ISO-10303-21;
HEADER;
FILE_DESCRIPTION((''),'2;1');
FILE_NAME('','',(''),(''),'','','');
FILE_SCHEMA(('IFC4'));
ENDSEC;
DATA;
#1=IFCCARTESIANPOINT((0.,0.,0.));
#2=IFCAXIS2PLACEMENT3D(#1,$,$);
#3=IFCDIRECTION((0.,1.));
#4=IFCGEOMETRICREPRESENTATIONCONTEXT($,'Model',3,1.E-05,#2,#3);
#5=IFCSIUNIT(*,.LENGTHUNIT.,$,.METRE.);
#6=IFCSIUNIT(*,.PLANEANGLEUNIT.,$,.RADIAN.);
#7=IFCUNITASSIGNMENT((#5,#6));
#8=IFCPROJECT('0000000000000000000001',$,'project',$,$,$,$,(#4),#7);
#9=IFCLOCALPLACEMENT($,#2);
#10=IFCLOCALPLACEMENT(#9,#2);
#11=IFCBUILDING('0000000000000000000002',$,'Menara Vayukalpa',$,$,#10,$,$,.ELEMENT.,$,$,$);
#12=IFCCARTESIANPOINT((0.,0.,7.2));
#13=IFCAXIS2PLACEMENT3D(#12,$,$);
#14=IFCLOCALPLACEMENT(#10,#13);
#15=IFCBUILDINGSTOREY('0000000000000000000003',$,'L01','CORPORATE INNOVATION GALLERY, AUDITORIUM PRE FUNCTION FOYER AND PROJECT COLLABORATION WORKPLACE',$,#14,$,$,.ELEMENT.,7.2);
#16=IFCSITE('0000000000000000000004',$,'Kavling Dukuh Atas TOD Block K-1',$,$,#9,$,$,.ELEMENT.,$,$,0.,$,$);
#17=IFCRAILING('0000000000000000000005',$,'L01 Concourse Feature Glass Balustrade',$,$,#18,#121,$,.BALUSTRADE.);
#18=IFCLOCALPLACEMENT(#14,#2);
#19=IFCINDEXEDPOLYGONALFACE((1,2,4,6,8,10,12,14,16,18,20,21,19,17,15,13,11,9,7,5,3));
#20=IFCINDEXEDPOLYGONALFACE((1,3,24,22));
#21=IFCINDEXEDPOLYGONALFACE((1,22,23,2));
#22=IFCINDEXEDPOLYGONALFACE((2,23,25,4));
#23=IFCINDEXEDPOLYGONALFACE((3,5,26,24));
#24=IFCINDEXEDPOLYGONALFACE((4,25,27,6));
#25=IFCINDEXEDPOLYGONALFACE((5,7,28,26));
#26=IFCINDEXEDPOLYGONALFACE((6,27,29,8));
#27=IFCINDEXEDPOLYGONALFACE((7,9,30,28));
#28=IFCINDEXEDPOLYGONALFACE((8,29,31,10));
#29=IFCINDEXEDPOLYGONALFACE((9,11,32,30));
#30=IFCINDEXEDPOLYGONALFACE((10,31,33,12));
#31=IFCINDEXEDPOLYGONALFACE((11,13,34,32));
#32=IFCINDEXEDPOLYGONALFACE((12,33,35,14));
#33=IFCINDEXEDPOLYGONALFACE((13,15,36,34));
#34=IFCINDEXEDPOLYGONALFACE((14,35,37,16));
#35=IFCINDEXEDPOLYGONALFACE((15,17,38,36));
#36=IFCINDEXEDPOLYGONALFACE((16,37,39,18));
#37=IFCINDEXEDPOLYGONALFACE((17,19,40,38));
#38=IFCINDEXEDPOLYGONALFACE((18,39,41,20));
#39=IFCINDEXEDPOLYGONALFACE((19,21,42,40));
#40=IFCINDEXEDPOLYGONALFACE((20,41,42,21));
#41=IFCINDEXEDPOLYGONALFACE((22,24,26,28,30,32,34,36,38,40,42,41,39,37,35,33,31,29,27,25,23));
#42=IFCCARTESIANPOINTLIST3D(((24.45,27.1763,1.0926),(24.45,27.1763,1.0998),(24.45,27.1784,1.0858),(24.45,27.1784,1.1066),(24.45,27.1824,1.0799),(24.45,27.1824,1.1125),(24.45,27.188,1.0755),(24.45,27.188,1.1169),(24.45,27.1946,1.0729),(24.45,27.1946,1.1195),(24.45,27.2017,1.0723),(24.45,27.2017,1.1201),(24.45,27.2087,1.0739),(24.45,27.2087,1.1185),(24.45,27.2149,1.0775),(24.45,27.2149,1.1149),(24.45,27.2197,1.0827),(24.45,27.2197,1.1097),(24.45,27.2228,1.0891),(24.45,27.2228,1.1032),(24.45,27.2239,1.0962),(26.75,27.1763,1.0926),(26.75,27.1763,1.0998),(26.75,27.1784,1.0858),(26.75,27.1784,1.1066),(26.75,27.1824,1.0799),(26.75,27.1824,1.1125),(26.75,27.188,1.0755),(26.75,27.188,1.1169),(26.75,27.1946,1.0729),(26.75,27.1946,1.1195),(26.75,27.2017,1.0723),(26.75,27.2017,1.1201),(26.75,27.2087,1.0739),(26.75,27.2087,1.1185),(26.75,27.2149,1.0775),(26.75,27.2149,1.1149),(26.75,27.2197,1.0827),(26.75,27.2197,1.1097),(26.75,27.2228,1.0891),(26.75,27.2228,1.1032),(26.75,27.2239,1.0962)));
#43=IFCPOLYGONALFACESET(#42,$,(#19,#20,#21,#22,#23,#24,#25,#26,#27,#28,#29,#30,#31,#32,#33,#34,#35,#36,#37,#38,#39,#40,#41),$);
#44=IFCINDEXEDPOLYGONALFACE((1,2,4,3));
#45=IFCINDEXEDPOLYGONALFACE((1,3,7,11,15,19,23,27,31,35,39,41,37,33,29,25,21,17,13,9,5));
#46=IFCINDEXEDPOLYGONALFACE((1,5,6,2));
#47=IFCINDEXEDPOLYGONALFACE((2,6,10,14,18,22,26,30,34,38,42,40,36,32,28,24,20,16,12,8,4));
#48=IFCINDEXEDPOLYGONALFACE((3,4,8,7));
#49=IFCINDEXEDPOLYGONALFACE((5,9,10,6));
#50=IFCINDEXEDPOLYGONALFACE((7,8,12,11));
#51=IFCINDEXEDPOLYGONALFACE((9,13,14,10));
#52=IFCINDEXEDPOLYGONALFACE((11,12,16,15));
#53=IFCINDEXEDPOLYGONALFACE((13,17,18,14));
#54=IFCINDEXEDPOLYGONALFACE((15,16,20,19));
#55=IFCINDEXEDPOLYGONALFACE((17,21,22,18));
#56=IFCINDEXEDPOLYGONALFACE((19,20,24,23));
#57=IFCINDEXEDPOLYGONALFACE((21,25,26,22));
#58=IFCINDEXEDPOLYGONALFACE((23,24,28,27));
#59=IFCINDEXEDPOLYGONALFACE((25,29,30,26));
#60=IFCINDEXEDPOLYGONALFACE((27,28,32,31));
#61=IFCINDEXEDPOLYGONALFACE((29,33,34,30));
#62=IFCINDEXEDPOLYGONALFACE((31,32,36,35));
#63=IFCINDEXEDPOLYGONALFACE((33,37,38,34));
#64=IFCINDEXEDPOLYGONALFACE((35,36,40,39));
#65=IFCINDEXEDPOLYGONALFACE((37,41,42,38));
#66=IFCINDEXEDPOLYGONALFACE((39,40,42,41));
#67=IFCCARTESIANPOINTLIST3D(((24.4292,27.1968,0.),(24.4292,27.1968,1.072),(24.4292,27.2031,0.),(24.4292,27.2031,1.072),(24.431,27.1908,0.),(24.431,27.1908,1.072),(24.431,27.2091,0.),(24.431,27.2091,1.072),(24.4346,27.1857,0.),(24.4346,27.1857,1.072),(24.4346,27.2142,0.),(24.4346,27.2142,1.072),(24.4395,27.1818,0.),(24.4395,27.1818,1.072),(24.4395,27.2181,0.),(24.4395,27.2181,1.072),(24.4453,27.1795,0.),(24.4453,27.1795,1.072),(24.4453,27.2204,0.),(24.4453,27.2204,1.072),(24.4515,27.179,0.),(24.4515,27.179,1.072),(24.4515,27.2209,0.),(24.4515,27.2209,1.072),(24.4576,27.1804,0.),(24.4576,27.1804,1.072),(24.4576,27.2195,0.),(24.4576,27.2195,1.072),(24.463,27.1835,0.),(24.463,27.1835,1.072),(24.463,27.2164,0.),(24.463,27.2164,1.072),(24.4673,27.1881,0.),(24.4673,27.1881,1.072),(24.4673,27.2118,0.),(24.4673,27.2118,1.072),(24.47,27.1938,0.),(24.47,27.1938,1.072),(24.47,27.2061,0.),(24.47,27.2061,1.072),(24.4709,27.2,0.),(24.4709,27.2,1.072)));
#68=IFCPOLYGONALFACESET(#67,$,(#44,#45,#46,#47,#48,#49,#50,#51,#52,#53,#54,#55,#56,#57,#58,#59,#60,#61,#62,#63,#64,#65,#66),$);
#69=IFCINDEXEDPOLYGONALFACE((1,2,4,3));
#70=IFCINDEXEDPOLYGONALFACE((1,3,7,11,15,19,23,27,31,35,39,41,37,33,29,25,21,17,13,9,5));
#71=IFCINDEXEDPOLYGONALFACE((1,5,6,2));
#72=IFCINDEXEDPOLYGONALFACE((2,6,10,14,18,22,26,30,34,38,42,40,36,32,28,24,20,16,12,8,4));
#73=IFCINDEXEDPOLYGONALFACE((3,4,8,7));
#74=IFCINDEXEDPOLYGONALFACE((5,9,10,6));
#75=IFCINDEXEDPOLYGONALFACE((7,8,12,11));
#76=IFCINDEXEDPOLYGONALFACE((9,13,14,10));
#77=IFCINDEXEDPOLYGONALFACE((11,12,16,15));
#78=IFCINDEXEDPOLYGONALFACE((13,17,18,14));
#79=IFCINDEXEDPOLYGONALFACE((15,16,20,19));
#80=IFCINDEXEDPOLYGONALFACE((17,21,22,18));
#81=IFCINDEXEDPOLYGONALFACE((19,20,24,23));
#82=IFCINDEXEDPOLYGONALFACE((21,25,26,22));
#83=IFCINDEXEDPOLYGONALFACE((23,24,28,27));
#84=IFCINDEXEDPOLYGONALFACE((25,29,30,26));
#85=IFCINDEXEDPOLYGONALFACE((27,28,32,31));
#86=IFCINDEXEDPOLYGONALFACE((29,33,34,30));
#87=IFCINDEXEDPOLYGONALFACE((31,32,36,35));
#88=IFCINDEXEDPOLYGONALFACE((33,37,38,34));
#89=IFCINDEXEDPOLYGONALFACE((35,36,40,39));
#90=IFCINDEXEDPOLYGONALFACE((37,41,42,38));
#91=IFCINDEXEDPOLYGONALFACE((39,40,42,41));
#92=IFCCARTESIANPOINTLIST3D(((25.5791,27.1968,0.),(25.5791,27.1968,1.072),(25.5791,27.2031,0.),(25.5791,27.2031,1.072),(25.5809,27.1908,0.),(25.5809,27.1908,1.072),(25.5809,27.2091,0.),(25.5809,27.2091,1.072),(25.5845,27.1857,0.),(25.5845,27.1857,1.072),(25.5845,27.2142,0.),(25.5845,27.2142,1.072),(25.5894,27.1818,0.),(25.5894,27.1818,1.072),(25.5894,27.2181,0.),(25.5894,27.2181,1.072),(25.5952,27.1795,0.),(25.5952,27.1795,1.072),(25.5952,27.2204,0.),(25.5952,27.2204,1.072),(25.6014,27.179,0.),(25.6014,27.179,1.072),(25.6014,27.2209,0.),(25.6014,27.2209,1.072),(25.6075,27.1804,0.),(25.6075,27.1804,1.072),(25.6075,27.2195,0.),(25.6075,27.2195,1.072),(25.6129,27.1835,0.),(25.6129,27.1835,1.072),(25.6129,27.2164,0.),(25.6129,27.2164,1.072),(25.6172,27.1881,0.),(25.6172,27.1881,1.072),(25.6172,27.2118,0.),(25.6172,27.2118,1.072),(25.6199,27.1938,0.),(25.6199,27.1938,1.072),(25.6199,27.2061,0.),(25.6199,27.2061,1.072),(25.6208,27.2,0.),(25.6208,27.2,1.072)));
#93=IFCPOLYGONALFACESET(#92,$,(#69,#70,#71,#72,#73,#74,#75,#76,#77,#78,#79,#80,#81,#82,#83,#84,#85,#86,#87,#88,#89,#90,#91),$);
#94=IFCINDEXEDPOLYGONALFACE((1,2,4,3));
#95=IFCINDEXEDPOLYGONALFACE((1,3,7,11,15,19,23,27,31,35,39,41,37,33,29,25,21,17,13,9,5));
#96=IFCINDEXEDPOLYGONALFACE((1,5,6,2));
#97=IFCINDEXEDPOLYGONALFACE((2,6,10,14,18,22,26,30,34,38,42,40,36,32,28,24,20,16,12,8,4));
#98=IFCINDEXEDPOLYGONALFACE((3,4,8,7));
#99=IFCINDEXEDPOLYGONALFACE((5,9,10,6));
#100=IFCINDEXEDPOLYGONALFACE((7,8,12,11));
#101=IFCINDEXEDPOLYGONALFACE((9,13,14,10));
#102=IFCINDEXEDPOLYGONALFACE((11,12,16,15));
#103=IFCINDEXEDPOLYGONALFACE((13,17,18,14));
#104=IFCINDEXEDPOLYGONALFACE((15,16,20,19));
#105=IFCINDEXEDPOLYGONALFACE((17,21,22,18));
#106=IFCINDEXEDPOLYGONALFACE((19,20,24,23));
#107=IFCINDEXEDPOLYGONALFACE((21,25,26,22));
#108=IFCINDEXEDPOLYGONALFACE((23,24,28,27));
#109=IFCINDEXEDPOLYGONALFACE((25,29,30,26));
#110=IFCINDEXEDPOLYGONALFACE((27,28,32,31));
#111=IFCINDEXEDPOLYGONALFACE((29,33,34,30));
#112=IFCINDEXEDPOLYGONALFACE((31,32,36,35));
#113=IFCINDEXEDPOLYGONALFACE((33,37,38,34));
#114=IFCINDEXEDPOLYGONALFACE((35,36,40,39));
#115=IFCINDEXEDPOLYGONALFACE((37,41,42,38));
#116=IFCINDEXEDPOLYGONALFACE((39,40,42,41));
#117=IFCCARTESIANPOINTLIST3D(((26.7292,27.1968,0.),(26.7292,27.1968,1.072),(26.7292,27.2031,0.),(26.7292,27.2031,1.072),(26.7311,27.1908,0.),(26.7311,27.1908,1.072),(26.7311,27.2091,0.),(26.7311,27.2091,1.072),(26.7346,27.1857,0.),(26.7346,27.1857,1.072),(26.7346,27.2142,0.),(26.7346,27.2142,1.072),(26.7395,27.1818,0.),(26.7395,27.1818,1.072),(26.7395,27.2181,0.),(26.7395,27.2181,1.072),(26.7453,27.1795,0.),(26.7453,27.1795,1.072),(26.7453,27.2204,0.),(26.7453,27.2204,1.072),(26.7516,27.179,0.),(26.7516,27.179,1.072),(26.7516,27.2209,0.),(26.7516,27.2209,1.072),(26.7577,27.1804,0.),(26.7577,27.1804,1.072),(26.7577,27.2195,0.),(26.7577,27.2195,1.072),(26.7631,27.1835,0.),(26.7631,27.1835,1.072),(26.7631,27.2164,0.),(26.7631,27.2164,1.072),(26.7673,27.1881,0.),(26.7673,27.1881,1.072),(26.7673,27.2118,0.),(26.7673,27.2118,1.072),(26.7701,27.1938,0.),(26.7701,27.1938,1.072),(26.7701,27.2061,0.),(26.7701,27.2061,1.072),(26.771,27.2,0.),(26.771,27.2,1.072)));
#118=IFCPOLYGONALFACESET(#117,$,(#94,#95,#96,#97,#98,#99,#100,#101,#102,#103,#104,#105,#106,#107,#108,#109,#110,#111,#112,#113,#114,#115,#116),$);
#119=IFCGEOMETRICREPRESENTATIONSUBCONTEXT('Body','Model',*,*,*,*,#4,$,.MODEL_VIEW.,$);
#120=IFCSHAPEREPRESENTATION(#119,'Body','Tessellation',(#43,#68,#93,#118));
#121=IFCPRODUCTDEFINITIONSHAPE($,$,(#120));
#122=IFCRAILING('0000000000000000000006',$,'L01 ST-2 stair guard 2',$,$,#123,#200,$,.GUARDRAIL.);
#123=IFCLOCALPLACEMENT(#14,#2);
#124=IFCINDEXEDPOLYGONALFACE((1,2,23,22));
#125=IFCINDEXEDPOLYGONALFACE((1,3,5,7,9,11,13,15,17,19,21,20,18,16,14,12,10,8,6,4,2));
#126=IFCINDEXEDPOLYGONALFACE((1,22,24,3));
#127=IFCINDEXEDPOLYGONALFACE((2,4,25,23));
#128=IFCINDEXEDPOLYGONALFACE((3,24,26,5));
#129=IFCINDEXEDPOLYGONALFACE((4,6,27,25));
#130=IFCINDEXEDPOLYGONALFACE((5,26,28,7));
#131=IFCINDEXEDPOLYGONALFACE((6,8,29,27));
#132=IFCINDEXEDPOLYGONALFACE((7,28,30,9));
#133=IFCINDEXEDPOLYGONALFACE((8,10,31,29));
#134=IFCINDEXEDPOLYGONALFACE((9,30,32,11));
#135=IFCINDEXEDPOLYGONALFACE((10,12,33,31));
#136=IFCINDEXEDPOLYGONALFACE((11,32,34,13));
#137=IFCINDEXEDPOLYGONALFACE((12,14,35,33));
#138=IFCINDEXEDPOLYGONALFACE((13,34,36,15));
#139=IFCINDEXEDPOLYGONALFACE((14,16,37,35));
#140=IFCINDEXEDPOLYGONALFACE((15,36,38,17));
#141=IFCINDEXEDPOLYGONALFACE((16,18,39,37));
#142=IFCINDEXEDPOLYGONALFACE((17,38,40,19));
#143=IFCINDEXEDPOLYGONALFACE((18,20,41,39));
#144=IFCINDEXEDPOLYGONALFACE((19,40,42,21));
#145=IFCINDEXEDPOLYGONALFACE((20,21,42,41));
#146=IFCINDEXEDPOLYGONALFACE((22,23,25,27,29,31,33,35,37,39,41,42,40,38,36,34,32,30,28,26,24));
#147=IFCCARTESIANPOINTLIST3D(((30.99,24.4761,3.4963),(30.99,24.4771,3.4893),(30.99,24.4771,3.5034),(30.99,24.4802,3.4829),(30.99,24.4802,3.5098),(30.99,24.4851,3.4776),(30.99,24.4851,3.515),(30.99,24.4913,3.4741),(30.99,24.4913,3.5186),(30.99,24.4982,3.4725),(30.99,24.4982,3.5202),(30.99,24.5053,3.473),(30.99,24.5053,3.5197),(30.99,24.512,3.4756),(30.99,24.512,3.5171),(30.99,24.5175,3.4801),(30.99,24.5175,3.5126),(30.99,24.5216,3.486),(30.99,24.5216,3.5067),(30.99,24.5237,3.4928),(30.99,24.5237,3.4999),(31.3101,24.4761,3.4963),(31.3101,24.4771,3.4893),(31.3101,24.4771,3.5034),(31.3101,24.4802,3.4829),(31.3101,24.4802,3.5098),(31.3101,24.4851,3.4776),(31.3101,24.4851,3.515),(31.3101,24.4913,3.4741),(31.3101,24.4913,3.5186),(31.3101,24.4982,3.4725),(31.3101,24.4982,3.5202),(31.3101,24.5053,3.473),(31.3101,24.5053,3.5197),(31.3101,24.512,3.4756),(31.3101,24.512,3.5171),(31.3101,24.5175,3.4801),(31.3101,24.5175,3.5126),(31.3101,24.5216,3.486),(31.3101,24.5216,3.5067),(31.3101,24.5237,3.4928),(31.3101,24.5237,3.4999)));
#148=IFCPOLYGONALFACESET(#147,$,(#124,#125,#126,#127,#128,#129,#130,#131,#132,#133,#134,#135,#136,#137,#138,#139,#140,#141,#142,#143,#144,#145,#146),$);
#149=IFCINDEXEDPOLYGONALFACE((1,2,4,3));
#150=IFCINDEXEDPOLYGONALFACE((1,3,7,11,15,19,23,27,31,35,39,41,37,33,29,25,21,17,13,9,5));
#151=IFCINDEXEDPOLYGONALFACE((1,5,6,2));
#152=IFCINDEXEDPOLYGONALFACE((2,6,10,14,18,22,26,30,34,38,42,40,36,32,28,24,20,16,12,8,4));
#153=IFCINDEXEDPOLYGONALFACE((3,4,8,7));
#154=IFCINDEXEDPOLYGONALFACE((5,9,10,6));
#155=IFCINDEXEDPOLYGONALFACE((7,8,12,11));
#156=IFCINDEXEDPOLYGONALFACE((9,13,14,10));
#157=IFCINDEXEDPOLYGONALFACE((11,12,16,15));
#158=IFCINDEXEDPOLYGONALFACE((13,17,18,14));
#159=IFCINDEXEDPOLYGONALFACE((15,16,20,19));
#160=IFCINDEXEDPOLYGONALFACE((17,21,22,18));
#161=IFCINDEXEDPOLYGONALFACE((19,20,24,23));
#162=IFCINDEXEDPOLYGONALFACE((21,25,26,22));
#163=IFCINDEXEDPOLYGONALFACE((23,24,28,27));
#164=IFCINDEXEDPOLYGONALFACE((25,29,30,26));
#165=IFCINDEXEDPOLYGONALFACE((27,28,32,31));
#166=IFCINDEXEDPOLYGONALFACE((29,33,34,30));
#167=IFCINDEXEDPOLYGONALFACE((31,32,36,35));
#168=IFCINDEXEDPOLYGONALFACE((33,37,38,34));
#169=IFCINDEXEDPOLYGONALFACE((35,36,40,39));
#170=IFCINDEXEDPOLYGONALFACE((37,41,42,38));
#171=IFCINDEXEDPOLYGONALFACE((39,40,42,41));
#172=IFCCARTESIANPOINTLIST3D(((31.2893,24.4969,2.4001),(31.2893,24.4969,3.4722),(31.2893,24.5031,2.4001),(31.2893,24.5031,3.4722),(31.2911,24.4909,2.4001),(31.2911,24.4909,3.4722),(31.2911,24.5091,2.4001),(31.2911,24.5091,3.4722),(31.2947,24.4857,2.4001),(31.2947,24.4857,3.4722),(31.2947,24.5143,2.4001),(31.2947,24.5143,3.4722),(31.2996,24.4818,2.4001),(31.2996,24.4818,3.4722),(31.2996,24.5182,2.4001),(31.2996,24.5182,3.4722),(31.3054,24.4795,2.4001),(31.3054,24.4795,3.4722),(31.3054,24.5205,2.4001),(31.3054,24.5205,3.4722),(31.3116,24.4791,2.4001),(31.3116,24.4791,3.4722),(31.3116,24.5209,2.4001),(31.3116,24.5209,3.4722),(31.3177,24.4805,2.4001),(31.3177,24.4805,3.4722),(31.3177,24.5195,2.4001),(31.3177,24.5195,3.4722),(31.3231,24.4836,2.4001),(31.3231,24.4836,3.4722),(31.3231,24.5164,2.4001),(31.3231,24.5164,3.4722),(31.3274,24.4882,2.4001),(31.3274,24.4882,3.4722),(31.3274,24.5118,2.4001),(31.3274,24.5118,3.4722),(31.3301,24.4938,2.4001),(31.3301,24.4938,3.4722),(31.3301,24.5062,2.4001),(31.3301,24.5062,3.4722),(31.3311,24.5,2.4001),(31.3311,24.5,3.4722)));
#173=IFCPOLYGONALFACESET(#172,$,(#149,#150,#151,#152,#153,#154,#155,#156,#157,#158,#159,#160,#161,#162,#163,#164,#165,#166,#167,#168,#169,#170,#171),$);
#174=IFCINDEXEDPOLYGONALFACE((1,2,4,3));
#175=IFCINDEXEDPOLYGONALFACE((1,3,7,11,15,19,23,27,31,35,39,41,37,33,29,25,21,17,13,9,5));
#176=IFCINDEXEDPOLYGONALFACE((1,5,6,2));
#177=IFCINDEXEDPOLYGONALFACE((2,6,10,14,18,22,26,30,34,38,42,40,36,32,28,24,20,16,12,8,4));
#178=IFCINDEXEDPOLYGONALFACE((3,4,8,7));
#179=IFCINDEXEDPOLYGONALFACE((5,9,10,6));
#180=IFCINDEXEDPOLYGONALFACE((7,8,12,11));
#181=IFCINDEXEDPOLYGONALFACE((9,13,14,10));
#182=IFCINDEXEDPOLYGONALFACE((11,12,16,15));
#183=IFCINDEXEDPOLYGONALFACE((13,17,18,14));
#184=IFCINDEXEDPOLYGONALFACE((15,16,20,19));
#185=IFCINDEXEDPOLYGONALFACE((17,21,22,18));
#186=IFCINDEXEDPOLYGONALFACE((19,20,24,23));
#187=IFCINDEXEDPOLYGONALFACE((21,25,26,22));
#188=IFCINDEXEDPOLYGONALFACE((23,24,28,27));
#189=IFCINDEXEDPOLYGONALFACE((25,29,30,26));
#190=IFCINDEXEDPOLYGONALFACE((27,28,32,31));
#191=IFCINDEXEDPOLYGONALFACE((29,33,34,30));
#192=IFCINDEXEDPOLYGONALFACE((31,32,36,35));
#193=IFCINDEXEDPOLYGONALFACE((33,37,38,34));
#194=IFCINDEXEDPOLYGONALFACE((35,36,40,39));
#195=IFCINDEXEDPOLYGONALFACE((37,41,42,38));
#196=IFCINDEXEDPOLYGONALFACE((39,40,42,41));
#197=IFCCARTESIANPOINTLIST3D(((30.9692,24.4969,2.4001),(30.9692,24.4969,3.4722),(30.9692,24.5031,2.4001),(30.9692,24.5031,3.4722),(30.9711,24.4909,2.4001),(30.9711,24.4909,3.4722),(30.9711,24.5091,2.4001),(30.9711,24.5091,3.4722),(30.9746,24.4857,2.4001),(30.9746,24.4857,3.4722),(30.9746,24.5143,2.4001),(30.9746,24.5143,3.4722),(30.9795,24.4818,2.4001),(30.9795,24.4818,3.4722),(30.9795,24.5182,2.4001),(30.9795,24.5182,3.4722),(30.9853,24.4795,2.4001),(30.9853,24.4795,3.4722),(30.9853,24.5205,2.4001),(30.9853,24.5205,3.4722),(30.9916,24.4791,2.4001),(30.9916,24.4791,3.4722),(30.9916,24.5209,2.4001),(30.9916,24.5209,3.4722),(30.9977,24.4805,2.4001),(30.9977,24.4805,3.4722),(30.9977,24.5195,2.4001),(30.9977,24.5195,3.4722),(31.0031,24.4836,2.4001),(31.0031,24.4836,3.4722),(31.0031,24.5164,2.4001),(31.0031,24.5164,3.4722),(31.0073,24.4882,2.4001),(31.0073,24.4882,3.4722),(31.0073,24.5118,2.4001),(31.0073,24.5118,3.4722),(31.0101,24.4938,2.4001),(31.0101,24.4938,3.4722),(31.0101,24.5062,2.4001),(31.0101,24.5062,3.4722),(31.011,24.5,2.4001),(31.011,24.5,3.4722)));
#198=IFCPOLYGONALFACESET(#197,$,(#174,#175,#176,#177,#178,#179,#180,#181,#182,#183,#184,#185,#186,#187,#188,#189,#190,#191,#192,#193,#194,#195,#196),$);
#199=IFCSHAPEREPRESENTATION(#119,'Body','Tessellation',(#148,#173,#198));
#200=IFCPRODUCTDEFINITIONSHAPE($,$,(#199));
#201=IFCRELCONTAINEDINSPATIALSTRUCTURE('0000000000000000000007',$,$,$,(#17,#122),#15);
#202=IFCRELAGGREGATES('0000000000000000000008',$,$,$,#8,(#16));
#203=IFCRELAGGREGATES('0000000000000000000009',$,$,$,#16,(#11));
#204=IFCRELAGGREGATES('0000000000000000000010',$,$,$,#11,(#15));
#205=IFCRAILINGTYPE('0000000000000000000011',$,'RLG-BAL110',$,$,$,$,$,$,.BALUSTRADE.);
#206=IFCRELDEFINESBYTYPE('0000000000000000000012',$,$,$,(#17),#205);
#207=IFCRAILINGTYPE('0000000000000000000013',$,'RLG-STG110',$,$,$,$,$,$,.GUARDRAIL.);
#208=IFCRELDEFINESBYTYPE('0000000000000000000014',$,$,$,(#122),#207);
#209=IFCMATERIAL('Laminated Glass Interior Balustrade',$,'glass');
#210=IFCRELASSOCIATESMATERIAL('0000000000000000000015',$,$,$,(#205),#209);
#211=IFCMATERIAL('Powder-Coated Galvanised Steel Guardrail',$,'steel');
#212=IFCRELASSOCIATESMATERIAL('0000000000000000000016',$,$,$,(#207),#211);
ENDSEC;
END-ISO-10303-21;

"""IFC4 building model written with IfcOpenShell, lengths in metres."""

from ifc_helpers import new_model, si_unit, direction, frame, origin, origin_2d, place, context, subcontext, project, spatial, circle, extrude, material, type_object, element, save


model = new_model("IFC4")

# Units and contexts
model_context = context("Model", 3, precision=1e-05, world=origin(), true_north=direction((0.0, 1.0)))
body_context = subcontext(model_context, "Body", "Model", "MODEL_VIEW")
ifc_project = project(units=[si_unit("LENGTHUNIT", "METRE"), si_unit("PLANEANGLEUNIT", "RADIAN")], contexts=[model_context])

# Site, building, storey
site_placement = place(None, origin())
site = spatial("IfcSite", under=ifc_project, at=site_placement, Name="Kavling Dukuh Atas TOD Block K-1", CompositionType="ELEMENT", RefElevation=0.0)
building_placement = place(site_placement, origin())
building = spatial("IfcBuilding", under=site, at=building_placement, Name="Menara Vayukalpa", CompositionType="ELEMENT")
storey_placement = place(building_placement, frame((0.0, 0.0, 7.2)))
storey = spatial("IfcBuildingStorey", under=building, at=storey_placement, Name="L01", Description="CORPORATE INNOVATION GALLERY, AUDITORIUM PRE FUNCTION FOYER AND PROJECT COLLABORATION WORKPLACE", CompositionType="ELEMENT", Elevation=7.2)

# Railings
ifc_material_1 = material(Name="Laminated Glass Interior Balustrade", Category="glass")
railing_type_1 = type_object("IfcRailingType", Name="RLG-BAL110", PredefinedType="BALUSTRADE", material=ifc_material_1)
railing_1_placement = place(storey_placement, frame((24.45, 27.2, 0.0)))
element("IfcRailing", 1, at=railing_1_placement, inside=storey, type_object=railing_type_1, Name="L01 Concourse Feature Glass Balustrade", PredefinedType="BALUSTRADE", context=body_context, shape_type="SweptSolid", body=[
    extrude(circle(Radius=0.0239, at=origin_2d()), frame((0.0, 0.0, 1.0962), z_axis=(1.0, 0.0, 0.0), x_axis=(0.0, 1.0, 0.0)), (0.0, 0.0, 1.0), 2.3),
    extrude(circle(Radius=0.021, at=origin_2d()), origin(), (0.0, 0.0, 1.0), 1.072),
    extrude(circle(Radius=0.021, at=origin_2d()), frame((1.1499, 0.0, 0.0)), (0.0, 0.0, 1.0), 1.072),
    extrude(circle(Radius=0.021, at=origin_2d()), frame((2.3, 0.0, 0.0)), (0.0, 0.0, 1.0), 1.072),
])
ifc_material_2 = material(Name="Powder-Coated Galvanised Steel Guardrail", Category="steel")
railing_type_2 = type_object("IfcRailingType", Name="RLG-STG110", PredefinedType="GUARDRAIL", material=ifc_material_2)
railing_2_placement = place(storey_placement, frame((31.3101, 24.5, 2.4001)))
element("IfcRailing", 2, at=railing_2_placement, inside=storey, type_object=railing_type_2, Name="L01 ST-2 stair guard 2", PredefinedType="GUARDRAIL", context=body_context, shape_type="SweptSolid", body=[
    extrude(circle(Radius=0.0239, at=origin_2d()), frame((0.0, 0.0, 1.0962), z_axis=(-1.0, 0.0, 0.0), x_axis=(0.0, -1.0, 0.0)), (0.0, 0.0, 1.0), 0.3201),
    extrude(circle(Radius=0.021, at=origin_2d()), origin(), (0.0, 0.0, 1.0), 1.072),
    extrude(circle(Radius=0.021, at=origin_2d()), frame((-0.3201, 0.0, 0.0)), (0.0, 0.0, 1.0), 1.072),
])

save(model, "model.ifc")
